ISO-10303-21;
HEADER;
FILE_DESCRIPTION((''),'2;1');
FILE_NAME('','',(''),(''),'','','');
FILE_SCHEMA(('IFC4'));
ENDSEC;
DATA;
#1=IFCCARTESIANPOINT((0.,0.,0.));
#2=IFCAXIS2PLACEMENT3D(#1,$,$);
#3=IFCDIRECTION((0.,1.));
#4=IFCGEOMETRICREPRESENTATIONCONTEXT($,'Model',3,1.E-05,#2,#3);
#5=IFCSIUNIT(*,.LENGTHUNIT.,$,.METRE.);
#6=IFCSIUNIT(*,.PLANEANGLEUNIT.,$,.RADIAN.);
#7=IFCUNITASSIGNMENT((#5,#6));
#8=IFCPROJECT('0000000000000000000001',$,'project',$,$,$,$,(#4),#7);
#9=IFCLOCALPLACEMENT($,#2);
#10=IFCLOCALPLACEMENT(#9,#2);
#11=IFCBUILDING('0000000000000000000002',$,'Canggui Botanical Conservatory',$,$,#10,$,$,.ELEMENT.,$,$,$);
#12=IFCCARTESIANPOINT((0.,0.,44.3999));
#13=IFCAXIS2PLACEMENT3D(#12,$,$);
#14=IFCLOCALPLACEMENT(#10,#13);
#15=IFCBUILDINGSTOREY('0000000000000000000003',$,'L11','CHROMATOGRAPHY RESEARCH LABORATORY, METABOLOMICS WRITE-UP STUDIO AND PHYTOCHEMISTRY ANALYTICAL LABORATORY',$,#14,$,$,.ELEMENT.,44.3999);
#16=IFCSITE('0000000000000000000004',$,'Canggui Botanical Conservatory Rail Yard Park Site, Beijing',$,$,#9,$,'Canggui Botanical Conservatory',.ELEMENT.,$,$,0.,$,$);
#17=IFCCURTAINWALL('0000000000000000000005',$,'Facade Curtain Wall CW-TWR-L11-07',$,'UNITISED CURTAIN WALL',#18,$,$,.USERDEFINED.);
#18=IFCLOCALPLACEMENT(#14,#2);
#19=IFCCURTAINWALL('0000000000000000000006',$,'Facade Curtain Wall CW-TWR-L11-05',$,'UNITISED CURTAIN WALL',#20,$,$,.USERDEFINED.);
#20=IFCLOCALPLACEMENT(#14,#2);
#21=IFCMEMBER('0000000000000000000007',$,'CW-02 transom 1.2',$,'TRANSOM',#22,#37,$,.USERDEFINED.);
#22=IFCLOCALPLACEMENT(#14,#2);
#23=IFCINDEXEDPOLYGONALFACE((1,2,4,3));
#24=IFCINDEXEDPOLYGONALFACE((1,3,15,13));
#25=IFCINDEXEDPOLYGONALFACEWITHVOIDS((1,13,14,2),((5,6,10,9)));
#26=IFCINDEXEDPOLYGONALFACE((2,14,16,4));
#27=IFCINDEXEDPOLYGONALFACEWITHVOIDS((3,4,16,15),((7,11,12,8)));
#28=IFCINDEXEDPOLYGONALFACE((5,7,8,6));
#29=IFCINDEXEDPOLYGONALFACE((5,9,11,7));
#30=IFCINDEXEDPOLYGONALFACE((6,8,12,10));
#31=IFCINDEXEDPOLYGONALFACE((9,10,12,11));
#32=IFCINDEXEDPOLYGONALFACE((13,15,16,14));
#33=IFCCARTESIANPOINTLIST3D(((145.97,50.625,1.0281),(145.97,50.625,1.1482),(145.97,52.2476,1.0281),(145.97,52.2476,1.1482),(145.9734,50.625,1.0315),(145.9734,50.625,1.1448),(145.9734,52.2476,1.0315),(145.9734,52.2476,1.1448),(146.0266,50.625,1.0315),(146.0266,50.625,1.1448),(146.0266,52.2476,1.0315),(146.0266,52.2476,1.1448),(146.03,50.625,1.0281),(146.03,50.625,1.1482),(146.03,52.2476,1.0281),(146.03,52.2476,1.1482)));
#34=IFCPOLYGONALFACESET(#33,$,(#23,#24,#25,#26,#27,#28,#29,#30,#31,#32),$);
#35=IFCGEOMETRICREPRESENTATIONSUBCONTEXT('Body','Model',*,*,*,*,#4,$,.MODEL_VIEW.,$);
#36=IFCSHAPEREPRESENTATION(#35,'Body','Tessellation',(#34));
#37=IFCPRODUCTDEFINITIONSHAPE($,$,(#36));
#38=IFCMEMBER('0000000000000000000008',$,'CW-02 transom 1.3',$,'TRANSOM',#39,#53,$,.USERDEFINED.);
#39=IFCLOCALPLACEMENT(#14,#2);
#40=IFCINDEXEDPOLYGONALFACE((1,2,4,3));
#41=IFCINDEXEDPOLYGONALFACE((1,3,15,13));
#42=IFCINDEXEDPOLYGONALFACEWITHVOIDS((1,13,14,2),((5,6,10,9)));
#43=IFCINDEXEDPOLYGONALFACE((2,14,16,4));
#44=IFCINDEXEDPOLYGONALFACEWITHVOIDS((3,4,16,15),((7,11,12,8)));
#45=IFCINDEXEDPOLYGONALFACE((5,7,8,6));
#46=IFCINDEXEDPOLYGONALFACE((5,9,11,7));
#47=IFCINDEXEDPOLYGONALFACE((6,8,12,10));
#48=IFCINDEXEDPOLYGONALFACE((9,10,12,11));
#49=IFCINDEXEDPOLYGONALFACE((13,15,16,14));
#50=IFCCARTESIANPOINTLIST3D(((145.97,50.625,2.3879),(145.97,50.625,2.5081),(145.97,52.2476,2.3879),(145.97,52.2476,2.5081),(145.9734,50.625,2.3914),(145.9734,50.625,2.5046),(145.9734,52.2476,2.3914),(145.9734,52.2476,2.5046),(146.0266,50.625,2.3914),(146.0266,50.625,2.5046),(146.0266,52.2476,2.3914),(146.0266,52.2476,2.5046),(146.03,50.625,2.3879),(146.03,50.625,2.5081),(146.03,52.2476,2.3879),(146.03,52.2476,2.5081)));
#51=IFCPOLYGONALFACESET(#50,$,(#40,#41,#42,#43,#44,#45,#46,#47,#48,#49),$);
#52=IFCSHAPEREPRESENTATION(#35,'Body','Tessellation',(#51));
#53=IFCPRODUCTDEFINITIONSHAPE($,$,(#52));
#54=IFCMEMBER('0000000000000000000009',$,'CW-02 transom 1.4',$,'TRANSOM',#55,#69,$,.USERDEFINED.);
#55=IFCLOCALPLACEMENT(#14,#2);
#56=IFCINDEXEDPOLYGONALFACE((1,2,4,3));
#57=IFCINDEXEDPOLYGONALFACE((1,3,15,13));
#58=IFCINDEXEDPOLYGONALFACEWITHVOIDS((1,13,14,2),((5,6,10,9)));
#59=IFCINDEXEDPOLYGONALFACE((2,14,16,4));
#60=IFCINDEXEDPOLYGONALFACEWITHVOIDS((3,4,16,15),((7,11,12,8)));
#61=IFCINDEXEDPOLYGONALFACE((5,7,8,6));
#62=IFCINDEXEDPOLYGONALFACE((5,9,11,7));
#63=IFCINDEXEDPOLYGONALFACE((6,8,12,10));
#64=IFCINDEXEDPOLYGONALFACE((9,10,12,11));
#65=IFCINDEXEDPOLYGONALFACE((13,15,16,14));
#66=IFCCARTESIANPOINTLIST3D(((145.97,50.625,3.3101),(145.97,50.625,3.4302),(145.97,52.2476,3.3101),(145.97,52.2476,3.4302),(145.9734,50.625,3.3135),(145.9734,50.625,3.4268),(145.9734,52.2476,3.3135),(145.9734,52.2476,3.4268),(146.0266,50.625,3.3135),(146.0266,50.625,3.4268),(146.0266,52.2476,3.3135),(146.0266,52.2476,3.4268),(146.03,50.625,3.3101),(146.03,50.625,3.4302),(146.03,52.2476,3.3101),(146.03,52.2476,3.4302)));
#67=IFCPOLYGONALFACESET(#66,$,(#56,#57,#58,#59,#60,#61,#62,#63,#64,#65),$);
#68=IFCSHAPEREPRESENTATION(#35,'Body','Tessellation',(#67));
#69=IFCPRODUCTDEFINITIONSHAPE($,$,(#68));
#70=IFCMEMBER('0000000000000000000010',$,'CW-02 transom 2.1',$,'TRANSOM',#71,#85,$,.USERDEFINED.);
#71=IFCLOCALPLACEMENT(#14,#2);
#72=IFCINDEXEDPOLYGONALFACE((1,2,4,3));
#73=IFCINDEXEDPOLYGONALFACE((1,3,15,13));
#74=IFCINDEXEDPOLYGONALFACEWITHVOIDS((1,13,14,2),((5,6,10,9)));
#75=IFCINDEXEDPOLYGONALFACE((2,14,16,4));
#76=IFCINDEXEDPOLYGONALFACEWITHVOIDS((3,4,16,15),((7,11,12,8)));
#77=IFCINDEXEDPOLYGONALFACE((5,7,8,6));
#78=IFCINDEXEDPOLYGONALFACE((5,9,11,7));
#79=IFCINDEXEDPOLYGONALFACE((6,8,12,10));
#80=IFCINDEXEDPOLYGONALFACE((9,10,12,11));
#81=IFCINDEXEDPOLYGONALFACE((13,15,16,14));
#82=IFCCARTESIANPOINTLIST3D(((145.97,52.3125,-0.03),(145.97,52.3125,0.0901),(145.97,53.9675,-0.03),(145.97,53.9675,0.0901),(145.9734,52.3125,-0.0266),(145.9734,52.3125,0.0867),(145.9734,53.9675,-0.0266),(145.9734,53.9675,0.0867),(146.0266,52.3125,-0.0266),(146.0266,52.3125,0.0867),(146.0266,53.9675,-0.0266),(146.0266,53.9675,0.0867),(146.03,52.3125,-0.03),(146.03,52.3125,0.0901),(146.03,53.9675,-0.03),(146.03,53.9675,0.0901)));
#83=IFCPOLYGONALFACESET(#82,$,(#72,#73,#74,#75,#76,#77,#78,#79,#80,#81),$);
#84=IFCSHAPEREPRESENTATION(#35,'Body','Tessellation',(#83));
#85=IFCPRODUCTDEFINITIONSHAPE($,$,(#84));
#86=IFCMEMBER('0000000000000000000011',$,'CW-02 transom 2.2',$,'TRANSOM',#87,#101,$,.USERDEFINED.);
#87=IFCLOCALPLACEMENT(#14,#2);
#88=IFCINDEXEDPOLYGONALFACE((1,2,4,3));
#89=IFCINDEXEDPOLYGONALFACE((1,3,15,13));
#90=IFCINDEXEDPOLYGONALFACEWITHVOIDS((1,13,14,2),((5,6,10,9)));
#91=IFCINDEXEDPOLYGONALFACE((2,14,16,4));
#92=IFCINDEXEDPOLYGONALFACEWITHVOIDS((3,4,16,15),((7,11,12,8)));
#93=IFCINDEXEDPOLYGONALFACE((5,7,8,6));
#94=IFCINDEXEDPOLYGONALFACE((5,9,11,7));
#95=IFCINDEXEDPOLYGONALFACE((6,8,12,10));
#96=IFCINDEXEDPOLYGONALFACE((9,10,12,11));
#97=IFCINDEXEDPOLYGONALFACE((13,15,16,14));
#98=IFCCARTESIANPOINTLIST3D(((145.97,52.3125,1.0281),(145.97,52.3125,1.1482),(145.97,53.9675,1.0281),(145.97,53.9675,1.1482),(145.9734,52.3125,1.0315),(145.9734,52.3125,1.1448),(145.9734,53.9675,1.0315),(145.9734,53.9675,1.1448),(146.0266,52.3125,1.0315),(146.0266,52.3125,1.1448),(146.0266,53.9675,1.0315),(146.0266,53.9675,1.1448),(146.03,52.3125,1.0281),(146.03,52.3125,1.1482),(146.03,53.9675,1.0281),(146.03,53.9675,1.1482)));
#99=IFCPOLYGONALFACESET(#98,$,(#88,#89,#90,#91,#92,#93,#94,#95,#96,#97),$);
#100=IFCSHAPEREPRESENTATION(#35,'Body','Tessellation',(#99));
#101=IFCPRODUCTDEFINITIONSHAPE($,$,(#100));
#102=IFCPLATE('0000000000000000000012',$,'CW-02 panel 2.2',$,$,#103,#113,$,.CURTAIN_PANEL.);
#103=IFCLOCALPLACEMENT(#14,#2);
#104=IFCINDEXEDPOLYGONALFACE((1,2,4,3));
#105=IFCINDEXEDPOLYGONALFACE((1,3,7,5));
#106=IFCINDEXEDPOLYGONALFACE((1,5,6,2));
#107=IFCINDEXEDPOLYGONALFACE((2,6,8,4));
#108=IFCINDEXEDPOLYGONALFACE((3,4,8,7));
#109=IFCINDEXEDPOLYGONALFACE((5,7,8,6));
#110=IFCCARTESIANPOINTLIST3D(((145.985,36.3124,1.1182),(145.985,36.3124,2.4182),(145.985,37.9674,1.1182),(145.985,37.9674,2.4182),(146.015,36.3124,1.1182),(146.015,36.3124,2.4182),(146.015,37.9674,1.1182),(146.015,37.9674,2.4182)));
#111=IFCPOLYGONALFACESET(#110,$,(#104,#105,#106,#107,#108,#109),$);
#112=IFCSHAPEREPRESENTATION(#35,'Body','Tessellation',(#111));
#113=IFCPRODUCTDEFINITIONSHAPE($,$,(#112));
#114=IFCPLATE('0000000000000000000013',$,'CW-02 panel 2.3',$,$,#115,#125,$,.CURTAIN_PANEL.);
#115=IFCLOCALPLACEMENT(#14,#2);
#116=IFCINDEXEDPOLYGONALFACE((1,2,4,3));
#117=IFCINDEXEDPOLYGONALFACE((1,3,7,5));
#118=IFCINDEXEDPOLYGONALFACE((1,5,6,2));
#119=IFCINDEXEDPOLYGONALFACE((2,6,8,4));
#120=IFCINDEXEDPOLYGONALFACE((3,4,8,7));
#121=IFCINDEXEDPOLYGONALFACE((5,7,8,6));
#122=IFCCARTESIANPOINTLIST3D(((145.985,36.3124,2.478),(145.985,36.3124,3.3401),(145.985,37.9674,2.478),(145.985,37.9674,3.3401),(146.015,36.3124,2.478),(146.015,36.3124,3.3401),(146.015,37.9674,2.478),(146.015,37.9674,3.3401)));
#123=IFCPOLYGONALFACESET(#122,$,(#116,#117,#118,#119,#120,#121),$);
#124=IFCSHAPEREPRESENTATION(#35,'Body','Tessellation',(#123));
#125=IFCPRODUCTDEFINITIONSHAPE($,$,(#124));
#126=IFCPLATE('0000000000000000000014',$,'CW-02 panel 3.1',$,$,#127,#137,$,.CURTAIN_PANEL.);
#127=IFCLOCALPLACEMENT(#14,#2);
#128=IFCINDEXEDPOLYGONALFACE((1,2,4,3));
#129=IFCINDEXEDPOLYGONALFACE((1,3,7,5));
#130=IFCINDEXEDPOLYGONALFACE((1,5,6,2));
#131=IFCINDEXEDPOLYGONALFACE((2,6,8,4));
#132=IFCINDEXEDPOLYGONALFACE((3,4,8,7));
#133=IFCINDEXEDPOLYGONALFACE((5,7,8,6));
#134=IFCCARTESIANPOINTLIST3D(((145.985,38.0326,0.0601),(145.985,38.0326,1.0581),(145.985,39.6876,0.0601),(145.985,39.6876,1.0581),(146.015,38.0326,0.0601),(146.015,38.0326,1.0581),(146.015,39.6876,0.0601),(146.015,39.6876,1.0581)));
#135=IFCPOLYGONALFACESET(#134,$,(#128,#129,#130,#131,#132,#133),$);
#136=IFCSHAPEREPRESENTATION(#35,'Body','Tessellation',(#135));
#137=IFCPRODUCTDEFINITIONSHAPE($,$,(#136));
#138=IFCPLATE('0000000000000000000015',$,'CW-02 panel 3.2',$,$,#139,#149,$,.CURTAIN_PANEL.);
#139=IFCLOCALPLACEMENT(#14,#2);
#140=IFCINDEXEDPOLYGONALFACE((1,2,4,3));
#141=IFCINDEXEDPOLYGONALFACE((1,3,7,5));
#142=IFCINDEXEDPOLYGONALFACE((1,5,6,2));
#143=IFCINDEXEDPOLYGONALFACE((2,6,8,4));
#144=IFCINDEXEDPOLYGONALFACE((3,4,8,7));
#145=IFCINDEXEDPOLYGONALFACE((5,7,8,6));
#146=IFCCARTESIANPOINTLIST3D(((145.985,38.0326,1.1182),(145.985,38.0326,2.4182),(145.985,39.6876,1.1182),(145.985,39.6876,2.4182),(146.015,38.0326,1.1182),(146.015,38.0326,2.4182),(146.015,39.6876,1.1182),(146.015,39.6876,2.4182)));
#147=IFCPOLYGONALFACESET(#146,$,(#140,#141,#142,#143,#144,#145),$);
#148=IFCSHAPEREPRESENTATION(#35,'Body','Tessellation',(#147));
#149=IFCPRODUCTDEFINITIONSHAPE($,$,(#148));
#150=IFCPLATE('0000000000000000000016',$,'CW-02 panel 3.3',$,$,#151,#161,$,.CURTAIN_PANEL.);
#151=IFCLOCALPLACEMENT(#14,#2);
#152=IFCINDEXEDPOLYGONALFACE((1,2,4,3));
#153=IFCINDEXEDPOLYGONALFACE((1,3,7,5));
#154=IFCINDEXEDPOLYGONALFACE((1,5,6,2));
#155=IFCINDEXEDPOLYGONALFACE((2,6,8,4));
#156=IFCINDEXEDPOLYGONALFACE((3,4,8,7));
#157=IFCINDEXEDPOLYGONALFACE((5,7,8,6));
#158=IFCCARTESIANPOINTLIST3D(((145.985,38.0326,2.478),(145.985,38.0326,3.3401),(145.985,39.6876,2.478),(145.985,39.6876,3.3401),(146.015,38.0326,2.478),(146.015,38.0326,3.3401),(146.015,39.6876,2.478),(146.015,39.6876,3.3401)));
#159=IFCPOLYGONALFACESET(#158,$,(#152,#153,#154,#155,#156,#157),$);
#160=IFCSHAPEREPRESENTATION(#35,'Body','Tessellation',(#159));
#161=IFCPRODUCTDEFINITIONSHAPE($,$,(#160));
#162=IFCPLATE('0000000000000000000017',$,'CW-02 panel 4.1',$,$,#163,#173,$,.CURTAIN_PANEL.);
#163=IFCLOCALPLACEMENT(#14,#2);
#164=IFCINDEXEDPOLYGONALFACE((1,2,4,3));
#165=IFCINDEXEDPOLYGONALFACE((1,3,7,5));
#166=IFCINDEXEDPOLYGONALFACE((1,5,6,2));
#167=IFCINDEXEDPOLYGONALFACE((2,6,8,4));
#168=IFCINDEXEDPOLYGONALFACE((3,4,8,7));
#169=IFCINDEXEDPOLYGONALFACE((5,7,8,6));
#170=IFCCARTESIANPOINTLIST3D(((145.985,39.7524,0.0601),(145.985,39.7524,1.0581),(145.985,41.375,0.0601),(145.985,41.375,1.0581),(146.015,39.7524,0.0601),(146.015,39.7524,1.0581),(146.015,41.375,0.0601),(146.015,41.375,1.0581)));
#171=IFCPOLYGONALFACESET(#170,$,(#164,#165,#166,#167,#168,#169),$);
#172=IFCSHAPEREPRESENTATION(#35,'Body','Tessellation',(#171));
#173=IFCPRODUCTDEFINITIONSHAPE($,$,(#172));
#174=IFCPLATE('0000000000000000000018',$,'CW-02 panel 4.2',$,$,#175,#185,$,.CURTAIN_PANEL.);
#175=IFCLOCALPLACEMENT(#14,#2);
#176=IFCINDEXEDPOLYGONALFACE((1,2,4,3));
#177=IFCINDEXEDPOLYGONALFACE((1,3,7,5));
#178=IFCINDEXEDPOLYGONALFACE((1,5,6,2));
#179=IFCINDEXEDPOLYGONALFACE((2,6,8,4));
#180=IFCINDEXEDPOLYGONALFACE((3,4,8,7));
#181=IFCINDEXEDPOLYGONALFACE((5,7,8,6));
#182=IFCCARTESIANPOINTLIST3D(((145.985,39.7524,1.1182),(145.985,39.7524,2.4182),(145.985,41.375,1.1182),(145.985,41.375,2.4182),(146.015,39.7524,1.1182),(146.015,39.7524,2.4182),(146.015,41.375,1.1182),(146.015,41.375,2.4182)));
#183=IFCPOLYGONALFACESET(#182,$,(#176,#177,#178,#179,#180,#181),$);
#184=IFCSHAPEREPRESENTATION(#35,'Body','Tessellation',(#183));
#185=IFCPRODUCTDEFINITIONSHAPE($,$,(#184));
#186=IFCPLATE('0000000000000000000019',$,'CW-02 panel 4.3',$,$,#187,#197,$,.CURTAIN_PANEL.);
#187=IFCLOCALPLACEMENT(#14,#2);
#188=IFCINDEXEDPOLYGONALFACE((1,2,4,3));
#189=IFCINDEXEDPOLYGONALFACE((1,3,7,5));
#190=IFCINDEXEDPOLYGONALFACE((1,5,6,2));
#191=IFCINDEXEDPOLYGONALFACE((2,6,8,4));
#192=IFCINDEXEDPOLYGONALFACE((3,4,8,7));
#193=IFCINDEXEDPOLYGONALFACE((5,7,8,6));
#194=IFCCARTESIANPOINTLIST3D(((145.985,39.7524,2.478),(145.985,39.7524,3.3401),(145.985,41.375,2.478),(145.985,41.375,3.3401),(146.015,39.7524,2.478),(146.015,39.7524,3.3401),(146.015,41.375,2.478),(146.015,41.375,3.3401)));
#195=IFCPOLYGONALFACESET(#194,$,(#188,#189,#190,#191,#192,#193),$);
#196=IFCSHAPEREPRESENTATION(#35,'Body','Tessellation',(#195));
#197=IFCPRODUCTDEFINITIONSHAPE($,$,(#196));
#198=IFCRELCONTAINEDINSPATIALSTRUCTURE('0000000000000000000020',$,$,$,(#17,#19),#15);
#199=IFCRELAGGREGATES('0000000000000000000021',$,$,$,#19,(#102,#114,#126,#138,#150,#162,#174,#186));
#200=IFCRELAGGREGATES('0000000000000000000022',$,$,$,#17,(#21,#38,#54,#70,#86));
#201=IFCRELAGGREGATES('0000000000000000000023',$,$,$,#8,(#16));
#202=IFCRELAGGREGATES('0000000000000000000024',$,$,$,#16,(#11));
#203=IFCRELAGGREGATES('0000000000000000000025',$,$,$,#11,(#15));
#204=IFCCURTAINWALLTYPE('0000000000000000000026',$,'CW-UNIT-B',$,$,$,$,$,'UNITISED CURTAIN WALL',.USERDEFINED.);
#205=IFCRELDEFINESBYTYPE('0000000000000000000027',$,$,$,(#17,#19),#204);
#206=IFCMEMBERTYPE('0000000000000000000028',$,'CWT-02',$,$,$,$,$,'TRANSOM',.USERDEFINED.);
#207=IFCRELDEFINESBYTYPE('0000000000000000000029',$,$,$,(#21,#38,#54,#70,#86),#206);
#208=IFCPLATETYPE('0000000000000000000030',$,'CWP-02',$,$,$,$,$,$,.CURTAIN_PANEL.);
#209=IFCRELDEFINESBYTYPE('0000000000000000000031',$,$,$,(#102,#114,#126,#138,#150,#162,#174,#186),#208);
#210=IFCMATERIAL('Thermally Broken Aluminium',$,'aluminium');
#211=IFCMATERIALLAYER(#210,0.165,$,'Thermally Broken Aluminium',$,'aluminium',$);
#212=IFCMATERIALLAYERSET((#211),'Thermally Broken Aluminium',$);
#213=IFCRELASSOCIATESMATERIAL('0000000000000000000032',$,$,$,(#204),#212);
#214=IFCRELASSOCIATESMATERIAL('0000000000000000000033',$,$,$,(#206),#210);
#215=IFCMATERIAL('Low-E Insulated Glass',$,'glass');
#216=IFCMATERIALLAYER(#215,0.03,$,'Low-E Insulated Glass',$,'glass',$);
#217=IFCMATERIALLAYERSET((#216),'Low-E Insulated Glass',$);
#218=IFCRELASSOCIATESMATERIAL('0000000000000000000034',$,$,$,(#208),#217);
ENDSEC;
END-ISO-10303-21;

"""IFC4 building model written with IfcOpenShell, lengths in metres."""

from ifc_helpers import new_model, si_unit, direction, frame, origin, origin_2d, place, context, subcontext, project, spatial, rectangle, hollow_rectangle, extrude, material, layer, layer_set, material_profile, profile_set, type_object, element, aggregate, save


model = new_model("IFC4")

# Units and contexts
model_context = context("Model", 3, precision=1e-05, world=origin(), true_north=direction((0.0, 1.0)))
body_context = subcontext(model_context, "Body", "Model", "MODEL_VIEW")
ifc_project = project(units=[si_unit("LENGTHUNIT", "METRE"), si_unit("PLANEANGLEUNIT", "RADIAN")], contexts=[model_context])

# Site, building, storey
site_placement = place(None, origin())
site = spatial("IfcSite", under=ifc_project, at=site_placement, Name="Canggui Botanical Conservatory Rail Yard Park Site, Beijing", LongName="Canggui Botanical Conservatory", CompositionType="ELEMENT", RefElevation=0.0)
building_placement = place(site_placement, origin())
building = spatial("IfcBuilding", under=site, at=building_placement, Name="Canggui Botanical Conservatory", CompositionType="ELEMENT")
storey_placement = place(building_placement, frame((0.0, 0.0, 44.3999)))
storey = spatial("IfcBuildingStorey", under=building, at=storey_placement, Name="L11", Description="CHROMATOGRAPHY RESEARCH LABORATORY, METABOLOMICS WRITE-UP STUDIO AND PHYTOCHEMISTRY ANALYTICAL LABORATORY", CompositionType="ELEMENT", Elevation=44.3999)

# Curtain walls
ifc_material_1 = material(Name="Thermally Broken Aluminium", Category="aluminium")
ifc_layer_1 = layer(ifc_material_1, 0.165, Name="Thermally Broken Aluminium", Category="aluminium")
ifc_layer_set_1 = layer_set([ifc_layer_1], Name="Thermally Broken Aluminium")
curtain_wall_type = type_object("IfcCurtainWallType", Name="CW-UNIT-B", ElementType="UNITISED CURTAIN WALL", PredefinedType="USERDEFINED", material=ifc_layer_set_1)
curtain_wall_1_placement = place(storey_placement, origin())
curtain_wall_1 = element("IfcCurtainWall", 1, at=curtain_wall_1_placement, inside=storey, type_object=curtain_wall_type, Name="Facade Curtain Wall CW-TWR-L11-07", ObjectType="UNITISED CURTAIN WALL", PredefinedType="USERDEFINED")
curtain_wall_2_placement = place(storey_placement, origin())
curtain_wall_2 = element("IfcCurtainWall", 2, at=curtain_wall_2_placement, inside=storey, type_object=curtain_wall_type, Name="Facade Curtain Wall CW-TWR-L11-05", ObjectType="UNITISED CURTAIN WALL", PredefinedType="USERDEFINED")
ifc_material_profile_1 = material_profile(ifc_material_1, hollow_rectangle(XDim=0.0601, YDim=0.1201, WallThickness=0.0034, at=origin_2d()), Name="CWT 60x120x3.5")
ifc_profile_set_1 = profile_set([ifc_material_profile_1], Name="Thermally Broken Aluminium")
member_type_1 = type_object("IfcMemberType", Name="CWT-02", ElementType="TRANSOM", PredefinedType="USERDEFINED", material=ifc_profile_set_1)

# Members
member_1_placement = place(storey_placement, frame((146.0, 50.625, 1.0881), z_axis=(0.0, 1.0, 0.0), x_axis=(-1.0, 0.0, 0.0)))
member_1 = element("IfcMember", 3, at=member_1_placement, type_object=member_type_1, Name="CW-02 transom 1.2", ObjectType="TRANSOM", PredefinedType="USERDEFINED", context=body_context, shape_type="SweptSolid", body=[
    extrude(hollow_rectangle(XDim=0.0601, YDim=0.1201, WallThickness=0.0034, at=origin_2d()), origin(), (0.0, 0.0, 1.0), 1.6226),
])
member_2_placement = place(storey_placement, frame((146.0, 50.625, 2.448), z_axis=(0.0, 1.0, 0.0), x_axis=(-1.0, 0.0, 0.0)))
member_2 = element("IfcMember", 4, at=member_2_placement, type_object=member_type_1, Name="CW-02 transom 1.3", ObjectType="TRANSOM", PredefinedType="USERDEFINED", context=body_context, shape_type="SweptSolid", body=[
    extrude(hollow_rectangle(XDim=0.0601, YDim=0.1201, WallThickness=0.0034, at=origin_2d()), origin(), (0.0, 0.0, 1.0), 1.6226),
])
member_3_placement = place(storey_placement, frame((146.0, 50.625, 3.3701), z_axis=(0.0, 1.0, 0.0), x_axis=(-1.0, 0.0, 0.0)))
member_3 = element("IfcMember", 5, at=member_3_placement, type_object=member_type_1, Name="CW-02 transom 1.4", ObjectType="TRANSOM", PredefinedType="USERDEFINED", context=body_context, shape_type="SweptSolid", body=[
    extrude(hollow_rectangle(XDim=0.0601, YDim=0.1201, WallThickness=0.0034, at=origin_2d()), origin(), (0.0, 0.0, 1.0), 1.6226),
])
member_4_placement = place(storey_placement, frame((146.0, 52.3125, 0.03), z_axis=(0.0, 1.0, 0.0), x_axis=(-1.0, 0.0, 0.0)))
member_4 = element("IfcMember", 6, at=member_4_placement, type_object=member_type_1, Name="CW-02 transom 2.1", ObjectType="TRANSOM", PredefinedType="USERDEFINED", context=body_context, shape_type="SweptSolid", body=[
    extrude(hollow_rectangle(XDim=0.0601, YDim=0.1201, WallThickness=0.0034, at=origin_2d()), origin(), (0.0, 0.0, 1.0), 1.655),
])
member_5_placement = place(storey_placement, frame((146.0, 52.3125, 1.0881), z_axis=(0.0, 1.0, 0.0), x_axis=(-1.0, 0.0, 0.0)))
member_5 = element("IfcMember", 7, at=member_5_placement, type_object=member_type_1, Name="CW-02 transom 2.2", ObjectType="TRANSOM", PredefinedType="USERDEFINED", context=body_context, shape_type="SweptSolid", body=[
    extrude(hollow_rectangle(XDim=0.0601, YDim=0.1201, WallThickness=0.0034, at=origin_2d()), origin(), (0.0, 0.0, 1.0), 1.655),
])

# Plates
ifc_material_2 = material(Name="Low-E Insulated Glass", Category="glass")
ifc_layer_2 = layer(ifc_material_2, 0.03, Name="Low-E Insulated Glass", Category="glass")
ifc_layer_set_2 = layer_set([ifc_layer_2], Name="Low-E Insulated Glass")
plate_type = type_object("IfcPlateType", Name="CWP-02", PredefinedType="CURTAIN_PANEL", material=ifc_layer_set_2)
plate_1_placement = place(storey_placement, frame((146.0, 37.1399, 1.1182), z_axis=(0.0, 0.0, 1.0), x_axis=(0.0, 1.0, 0.0)))
plate_1 = element("IfcPlate", 8, at=plate_1_placement, type_object=plate_type, Name="CW-02 panel 2.2", PredefinedType="CURTAIN_PANEL", context=body_context, shape_type="SweptSolid", body=[
    extrude(rectangle(XDim=1.655, YDim=0.03, at=origin_2d()), origin(), (0.0, 0.0, 1.0), 1.3),
])
plate_2_placement = place(storey_placement, frame((146.0, 37.1399, 2.478), z_axis=(0.0, 0.0, 1.0), x_axis=(0.0, 1.0, 0.0)))
plate_2 = element("IfcPlate", 9, at=plate_2_placement, type_object=plate_type, Name="CW-02 panel 2.3", PredefinedType="CURTAIN_PANEL", context=body_context, shape_type="SweptSolid", body=[
    extrude(rectangle(XDim=1.655, YDim=0.03, at=origin_2d()), origin(), (0.0, 0.0, 1.0), 0.8621),
])
plate_3_placement = place(storey_placement, frame((146.0, 38.8601, 0.0601), z_axis=(0.0, 0.0, 1.0), x_axis=(0.0, 1.0, 0.0)))
plate_3 = element("IfcPlate", 10, at=plate_3_placement, type_object=plate_type, Name="CW-02 panel 3.1", PredefinedType="CURTAIN_PANEL", context=body_context, shape_type="SweptSolid", body=[
    extrude(rectangle(XDim=1.655, YDim=0.03, at=origin_2d()), origin(), (0.0, 0.0, 1.0), 0.998),
])
plate_4_placement = place(storey_placement, frame((146.0, 38.8601, 1.1182), z_axis=(0.0, 0.0, 1.0), x_axis=(0.0, 1.0, 0.0)))
plate_4 = element("IfcPlate", 11, at=plate_4_placement, type_object=plate_type, Name="CW-02 panel 3.2", PredefinedType="CURTAIN_PANEL", context=body_context, shape_type="SweptSolid", body=[
    extrude(rectangle(XDim=1.655, YDim=0.03, at=origin_2d()), origin(), (0.0, 0.0, 1.0), 1.3),
])
plate_5_placement = place(storey_placement, frame((146.0, 38.8601, 2.478), z_axis=(0.0, 0.0, 1.0), x_axis=(0.0, 1.0, 0.0)))
plate_5 = element("IfcPlate", 12, at=plate_5_placement, type_object=plate_type, Name="CW-02 panel 3.3", PredefinedType="CURTAIN_PANEL", context=body_context, shape_type="SweptSolid", body=[
    extrude(rectangle(XDim=1.655, YDim=0.03, at=origin_2d()), origin(), (0.0, 0.0, 1.0), 0.8621),
])
plate_6_placement = place(storey_placement, frame((146.0, 40.5637, 0.0601), z_axis=(0.0, 0.0, 1.0), x_axis=(0.0, 1.0, 0.0)))
plate_6 = element("IfcPlate", 13, at=plate_6_placement, type_object=plate_type, Name="CW-02 panel 4.1", PredefinedType="CURTAIN_PANEL", context=body_context, shape_type="SweptSolid", body=[
    extrude(rectangle(XDim=1.6226, YDim=0.03, at=origin_2d()), origin(), (0.0, 0.0, 1.0), 0.998),
])
plate_7_placement = place(storey_placement, frame((146.0, 40.5637, 1.1182), z_axis=(0.0, 0.0, 1.0), x_axis=(0.0, 1.0, 0.0)))
plate_7 = element("IfcPlate", 14, at=plate_7_placement, type_object=plate_type, Name="CW-02 panel 4.2", PredefinedType="CURTAIN_PANEL", context=body_context, shape_type="SweptSolid", body=[
    extrude(rectangle(XDim=1.6226, YDim=0.03, at=origin_2d()), origin(), (0.0, 0.0, 1.0), 1.3),
])
plate_8_placement = place(storey_placement, frame((146.0, 40.5637, 2.478), z_axis=(0.0, 0.0, 1.0), x_axis=(0.0, 1.0, 0.0)))
plate_8 = element("IfcPlate", 15, at=plate_8_placement, type_object=plate_type, Name="CW-02 panel 4.3", PredefinedType="CURTAIN_PANEL", context=body_context, shape_type="SweptSolid", body=[
    extrude(rectangle(XDim=1.6226, YDim=0.03, at=origin_2d()), origin(), (0.0, 0.0, 1.0), 0.8621),
])
aggregate(curtain_wall_2, [plate_1, plate_2, plate_3, plate_4, plate_5, plate_6, plate_7, plate_8])
aggregate(curtain_wall_1, [member_1, member_2, member_3, member_4, member_5])

save(model, "model.ifc")
